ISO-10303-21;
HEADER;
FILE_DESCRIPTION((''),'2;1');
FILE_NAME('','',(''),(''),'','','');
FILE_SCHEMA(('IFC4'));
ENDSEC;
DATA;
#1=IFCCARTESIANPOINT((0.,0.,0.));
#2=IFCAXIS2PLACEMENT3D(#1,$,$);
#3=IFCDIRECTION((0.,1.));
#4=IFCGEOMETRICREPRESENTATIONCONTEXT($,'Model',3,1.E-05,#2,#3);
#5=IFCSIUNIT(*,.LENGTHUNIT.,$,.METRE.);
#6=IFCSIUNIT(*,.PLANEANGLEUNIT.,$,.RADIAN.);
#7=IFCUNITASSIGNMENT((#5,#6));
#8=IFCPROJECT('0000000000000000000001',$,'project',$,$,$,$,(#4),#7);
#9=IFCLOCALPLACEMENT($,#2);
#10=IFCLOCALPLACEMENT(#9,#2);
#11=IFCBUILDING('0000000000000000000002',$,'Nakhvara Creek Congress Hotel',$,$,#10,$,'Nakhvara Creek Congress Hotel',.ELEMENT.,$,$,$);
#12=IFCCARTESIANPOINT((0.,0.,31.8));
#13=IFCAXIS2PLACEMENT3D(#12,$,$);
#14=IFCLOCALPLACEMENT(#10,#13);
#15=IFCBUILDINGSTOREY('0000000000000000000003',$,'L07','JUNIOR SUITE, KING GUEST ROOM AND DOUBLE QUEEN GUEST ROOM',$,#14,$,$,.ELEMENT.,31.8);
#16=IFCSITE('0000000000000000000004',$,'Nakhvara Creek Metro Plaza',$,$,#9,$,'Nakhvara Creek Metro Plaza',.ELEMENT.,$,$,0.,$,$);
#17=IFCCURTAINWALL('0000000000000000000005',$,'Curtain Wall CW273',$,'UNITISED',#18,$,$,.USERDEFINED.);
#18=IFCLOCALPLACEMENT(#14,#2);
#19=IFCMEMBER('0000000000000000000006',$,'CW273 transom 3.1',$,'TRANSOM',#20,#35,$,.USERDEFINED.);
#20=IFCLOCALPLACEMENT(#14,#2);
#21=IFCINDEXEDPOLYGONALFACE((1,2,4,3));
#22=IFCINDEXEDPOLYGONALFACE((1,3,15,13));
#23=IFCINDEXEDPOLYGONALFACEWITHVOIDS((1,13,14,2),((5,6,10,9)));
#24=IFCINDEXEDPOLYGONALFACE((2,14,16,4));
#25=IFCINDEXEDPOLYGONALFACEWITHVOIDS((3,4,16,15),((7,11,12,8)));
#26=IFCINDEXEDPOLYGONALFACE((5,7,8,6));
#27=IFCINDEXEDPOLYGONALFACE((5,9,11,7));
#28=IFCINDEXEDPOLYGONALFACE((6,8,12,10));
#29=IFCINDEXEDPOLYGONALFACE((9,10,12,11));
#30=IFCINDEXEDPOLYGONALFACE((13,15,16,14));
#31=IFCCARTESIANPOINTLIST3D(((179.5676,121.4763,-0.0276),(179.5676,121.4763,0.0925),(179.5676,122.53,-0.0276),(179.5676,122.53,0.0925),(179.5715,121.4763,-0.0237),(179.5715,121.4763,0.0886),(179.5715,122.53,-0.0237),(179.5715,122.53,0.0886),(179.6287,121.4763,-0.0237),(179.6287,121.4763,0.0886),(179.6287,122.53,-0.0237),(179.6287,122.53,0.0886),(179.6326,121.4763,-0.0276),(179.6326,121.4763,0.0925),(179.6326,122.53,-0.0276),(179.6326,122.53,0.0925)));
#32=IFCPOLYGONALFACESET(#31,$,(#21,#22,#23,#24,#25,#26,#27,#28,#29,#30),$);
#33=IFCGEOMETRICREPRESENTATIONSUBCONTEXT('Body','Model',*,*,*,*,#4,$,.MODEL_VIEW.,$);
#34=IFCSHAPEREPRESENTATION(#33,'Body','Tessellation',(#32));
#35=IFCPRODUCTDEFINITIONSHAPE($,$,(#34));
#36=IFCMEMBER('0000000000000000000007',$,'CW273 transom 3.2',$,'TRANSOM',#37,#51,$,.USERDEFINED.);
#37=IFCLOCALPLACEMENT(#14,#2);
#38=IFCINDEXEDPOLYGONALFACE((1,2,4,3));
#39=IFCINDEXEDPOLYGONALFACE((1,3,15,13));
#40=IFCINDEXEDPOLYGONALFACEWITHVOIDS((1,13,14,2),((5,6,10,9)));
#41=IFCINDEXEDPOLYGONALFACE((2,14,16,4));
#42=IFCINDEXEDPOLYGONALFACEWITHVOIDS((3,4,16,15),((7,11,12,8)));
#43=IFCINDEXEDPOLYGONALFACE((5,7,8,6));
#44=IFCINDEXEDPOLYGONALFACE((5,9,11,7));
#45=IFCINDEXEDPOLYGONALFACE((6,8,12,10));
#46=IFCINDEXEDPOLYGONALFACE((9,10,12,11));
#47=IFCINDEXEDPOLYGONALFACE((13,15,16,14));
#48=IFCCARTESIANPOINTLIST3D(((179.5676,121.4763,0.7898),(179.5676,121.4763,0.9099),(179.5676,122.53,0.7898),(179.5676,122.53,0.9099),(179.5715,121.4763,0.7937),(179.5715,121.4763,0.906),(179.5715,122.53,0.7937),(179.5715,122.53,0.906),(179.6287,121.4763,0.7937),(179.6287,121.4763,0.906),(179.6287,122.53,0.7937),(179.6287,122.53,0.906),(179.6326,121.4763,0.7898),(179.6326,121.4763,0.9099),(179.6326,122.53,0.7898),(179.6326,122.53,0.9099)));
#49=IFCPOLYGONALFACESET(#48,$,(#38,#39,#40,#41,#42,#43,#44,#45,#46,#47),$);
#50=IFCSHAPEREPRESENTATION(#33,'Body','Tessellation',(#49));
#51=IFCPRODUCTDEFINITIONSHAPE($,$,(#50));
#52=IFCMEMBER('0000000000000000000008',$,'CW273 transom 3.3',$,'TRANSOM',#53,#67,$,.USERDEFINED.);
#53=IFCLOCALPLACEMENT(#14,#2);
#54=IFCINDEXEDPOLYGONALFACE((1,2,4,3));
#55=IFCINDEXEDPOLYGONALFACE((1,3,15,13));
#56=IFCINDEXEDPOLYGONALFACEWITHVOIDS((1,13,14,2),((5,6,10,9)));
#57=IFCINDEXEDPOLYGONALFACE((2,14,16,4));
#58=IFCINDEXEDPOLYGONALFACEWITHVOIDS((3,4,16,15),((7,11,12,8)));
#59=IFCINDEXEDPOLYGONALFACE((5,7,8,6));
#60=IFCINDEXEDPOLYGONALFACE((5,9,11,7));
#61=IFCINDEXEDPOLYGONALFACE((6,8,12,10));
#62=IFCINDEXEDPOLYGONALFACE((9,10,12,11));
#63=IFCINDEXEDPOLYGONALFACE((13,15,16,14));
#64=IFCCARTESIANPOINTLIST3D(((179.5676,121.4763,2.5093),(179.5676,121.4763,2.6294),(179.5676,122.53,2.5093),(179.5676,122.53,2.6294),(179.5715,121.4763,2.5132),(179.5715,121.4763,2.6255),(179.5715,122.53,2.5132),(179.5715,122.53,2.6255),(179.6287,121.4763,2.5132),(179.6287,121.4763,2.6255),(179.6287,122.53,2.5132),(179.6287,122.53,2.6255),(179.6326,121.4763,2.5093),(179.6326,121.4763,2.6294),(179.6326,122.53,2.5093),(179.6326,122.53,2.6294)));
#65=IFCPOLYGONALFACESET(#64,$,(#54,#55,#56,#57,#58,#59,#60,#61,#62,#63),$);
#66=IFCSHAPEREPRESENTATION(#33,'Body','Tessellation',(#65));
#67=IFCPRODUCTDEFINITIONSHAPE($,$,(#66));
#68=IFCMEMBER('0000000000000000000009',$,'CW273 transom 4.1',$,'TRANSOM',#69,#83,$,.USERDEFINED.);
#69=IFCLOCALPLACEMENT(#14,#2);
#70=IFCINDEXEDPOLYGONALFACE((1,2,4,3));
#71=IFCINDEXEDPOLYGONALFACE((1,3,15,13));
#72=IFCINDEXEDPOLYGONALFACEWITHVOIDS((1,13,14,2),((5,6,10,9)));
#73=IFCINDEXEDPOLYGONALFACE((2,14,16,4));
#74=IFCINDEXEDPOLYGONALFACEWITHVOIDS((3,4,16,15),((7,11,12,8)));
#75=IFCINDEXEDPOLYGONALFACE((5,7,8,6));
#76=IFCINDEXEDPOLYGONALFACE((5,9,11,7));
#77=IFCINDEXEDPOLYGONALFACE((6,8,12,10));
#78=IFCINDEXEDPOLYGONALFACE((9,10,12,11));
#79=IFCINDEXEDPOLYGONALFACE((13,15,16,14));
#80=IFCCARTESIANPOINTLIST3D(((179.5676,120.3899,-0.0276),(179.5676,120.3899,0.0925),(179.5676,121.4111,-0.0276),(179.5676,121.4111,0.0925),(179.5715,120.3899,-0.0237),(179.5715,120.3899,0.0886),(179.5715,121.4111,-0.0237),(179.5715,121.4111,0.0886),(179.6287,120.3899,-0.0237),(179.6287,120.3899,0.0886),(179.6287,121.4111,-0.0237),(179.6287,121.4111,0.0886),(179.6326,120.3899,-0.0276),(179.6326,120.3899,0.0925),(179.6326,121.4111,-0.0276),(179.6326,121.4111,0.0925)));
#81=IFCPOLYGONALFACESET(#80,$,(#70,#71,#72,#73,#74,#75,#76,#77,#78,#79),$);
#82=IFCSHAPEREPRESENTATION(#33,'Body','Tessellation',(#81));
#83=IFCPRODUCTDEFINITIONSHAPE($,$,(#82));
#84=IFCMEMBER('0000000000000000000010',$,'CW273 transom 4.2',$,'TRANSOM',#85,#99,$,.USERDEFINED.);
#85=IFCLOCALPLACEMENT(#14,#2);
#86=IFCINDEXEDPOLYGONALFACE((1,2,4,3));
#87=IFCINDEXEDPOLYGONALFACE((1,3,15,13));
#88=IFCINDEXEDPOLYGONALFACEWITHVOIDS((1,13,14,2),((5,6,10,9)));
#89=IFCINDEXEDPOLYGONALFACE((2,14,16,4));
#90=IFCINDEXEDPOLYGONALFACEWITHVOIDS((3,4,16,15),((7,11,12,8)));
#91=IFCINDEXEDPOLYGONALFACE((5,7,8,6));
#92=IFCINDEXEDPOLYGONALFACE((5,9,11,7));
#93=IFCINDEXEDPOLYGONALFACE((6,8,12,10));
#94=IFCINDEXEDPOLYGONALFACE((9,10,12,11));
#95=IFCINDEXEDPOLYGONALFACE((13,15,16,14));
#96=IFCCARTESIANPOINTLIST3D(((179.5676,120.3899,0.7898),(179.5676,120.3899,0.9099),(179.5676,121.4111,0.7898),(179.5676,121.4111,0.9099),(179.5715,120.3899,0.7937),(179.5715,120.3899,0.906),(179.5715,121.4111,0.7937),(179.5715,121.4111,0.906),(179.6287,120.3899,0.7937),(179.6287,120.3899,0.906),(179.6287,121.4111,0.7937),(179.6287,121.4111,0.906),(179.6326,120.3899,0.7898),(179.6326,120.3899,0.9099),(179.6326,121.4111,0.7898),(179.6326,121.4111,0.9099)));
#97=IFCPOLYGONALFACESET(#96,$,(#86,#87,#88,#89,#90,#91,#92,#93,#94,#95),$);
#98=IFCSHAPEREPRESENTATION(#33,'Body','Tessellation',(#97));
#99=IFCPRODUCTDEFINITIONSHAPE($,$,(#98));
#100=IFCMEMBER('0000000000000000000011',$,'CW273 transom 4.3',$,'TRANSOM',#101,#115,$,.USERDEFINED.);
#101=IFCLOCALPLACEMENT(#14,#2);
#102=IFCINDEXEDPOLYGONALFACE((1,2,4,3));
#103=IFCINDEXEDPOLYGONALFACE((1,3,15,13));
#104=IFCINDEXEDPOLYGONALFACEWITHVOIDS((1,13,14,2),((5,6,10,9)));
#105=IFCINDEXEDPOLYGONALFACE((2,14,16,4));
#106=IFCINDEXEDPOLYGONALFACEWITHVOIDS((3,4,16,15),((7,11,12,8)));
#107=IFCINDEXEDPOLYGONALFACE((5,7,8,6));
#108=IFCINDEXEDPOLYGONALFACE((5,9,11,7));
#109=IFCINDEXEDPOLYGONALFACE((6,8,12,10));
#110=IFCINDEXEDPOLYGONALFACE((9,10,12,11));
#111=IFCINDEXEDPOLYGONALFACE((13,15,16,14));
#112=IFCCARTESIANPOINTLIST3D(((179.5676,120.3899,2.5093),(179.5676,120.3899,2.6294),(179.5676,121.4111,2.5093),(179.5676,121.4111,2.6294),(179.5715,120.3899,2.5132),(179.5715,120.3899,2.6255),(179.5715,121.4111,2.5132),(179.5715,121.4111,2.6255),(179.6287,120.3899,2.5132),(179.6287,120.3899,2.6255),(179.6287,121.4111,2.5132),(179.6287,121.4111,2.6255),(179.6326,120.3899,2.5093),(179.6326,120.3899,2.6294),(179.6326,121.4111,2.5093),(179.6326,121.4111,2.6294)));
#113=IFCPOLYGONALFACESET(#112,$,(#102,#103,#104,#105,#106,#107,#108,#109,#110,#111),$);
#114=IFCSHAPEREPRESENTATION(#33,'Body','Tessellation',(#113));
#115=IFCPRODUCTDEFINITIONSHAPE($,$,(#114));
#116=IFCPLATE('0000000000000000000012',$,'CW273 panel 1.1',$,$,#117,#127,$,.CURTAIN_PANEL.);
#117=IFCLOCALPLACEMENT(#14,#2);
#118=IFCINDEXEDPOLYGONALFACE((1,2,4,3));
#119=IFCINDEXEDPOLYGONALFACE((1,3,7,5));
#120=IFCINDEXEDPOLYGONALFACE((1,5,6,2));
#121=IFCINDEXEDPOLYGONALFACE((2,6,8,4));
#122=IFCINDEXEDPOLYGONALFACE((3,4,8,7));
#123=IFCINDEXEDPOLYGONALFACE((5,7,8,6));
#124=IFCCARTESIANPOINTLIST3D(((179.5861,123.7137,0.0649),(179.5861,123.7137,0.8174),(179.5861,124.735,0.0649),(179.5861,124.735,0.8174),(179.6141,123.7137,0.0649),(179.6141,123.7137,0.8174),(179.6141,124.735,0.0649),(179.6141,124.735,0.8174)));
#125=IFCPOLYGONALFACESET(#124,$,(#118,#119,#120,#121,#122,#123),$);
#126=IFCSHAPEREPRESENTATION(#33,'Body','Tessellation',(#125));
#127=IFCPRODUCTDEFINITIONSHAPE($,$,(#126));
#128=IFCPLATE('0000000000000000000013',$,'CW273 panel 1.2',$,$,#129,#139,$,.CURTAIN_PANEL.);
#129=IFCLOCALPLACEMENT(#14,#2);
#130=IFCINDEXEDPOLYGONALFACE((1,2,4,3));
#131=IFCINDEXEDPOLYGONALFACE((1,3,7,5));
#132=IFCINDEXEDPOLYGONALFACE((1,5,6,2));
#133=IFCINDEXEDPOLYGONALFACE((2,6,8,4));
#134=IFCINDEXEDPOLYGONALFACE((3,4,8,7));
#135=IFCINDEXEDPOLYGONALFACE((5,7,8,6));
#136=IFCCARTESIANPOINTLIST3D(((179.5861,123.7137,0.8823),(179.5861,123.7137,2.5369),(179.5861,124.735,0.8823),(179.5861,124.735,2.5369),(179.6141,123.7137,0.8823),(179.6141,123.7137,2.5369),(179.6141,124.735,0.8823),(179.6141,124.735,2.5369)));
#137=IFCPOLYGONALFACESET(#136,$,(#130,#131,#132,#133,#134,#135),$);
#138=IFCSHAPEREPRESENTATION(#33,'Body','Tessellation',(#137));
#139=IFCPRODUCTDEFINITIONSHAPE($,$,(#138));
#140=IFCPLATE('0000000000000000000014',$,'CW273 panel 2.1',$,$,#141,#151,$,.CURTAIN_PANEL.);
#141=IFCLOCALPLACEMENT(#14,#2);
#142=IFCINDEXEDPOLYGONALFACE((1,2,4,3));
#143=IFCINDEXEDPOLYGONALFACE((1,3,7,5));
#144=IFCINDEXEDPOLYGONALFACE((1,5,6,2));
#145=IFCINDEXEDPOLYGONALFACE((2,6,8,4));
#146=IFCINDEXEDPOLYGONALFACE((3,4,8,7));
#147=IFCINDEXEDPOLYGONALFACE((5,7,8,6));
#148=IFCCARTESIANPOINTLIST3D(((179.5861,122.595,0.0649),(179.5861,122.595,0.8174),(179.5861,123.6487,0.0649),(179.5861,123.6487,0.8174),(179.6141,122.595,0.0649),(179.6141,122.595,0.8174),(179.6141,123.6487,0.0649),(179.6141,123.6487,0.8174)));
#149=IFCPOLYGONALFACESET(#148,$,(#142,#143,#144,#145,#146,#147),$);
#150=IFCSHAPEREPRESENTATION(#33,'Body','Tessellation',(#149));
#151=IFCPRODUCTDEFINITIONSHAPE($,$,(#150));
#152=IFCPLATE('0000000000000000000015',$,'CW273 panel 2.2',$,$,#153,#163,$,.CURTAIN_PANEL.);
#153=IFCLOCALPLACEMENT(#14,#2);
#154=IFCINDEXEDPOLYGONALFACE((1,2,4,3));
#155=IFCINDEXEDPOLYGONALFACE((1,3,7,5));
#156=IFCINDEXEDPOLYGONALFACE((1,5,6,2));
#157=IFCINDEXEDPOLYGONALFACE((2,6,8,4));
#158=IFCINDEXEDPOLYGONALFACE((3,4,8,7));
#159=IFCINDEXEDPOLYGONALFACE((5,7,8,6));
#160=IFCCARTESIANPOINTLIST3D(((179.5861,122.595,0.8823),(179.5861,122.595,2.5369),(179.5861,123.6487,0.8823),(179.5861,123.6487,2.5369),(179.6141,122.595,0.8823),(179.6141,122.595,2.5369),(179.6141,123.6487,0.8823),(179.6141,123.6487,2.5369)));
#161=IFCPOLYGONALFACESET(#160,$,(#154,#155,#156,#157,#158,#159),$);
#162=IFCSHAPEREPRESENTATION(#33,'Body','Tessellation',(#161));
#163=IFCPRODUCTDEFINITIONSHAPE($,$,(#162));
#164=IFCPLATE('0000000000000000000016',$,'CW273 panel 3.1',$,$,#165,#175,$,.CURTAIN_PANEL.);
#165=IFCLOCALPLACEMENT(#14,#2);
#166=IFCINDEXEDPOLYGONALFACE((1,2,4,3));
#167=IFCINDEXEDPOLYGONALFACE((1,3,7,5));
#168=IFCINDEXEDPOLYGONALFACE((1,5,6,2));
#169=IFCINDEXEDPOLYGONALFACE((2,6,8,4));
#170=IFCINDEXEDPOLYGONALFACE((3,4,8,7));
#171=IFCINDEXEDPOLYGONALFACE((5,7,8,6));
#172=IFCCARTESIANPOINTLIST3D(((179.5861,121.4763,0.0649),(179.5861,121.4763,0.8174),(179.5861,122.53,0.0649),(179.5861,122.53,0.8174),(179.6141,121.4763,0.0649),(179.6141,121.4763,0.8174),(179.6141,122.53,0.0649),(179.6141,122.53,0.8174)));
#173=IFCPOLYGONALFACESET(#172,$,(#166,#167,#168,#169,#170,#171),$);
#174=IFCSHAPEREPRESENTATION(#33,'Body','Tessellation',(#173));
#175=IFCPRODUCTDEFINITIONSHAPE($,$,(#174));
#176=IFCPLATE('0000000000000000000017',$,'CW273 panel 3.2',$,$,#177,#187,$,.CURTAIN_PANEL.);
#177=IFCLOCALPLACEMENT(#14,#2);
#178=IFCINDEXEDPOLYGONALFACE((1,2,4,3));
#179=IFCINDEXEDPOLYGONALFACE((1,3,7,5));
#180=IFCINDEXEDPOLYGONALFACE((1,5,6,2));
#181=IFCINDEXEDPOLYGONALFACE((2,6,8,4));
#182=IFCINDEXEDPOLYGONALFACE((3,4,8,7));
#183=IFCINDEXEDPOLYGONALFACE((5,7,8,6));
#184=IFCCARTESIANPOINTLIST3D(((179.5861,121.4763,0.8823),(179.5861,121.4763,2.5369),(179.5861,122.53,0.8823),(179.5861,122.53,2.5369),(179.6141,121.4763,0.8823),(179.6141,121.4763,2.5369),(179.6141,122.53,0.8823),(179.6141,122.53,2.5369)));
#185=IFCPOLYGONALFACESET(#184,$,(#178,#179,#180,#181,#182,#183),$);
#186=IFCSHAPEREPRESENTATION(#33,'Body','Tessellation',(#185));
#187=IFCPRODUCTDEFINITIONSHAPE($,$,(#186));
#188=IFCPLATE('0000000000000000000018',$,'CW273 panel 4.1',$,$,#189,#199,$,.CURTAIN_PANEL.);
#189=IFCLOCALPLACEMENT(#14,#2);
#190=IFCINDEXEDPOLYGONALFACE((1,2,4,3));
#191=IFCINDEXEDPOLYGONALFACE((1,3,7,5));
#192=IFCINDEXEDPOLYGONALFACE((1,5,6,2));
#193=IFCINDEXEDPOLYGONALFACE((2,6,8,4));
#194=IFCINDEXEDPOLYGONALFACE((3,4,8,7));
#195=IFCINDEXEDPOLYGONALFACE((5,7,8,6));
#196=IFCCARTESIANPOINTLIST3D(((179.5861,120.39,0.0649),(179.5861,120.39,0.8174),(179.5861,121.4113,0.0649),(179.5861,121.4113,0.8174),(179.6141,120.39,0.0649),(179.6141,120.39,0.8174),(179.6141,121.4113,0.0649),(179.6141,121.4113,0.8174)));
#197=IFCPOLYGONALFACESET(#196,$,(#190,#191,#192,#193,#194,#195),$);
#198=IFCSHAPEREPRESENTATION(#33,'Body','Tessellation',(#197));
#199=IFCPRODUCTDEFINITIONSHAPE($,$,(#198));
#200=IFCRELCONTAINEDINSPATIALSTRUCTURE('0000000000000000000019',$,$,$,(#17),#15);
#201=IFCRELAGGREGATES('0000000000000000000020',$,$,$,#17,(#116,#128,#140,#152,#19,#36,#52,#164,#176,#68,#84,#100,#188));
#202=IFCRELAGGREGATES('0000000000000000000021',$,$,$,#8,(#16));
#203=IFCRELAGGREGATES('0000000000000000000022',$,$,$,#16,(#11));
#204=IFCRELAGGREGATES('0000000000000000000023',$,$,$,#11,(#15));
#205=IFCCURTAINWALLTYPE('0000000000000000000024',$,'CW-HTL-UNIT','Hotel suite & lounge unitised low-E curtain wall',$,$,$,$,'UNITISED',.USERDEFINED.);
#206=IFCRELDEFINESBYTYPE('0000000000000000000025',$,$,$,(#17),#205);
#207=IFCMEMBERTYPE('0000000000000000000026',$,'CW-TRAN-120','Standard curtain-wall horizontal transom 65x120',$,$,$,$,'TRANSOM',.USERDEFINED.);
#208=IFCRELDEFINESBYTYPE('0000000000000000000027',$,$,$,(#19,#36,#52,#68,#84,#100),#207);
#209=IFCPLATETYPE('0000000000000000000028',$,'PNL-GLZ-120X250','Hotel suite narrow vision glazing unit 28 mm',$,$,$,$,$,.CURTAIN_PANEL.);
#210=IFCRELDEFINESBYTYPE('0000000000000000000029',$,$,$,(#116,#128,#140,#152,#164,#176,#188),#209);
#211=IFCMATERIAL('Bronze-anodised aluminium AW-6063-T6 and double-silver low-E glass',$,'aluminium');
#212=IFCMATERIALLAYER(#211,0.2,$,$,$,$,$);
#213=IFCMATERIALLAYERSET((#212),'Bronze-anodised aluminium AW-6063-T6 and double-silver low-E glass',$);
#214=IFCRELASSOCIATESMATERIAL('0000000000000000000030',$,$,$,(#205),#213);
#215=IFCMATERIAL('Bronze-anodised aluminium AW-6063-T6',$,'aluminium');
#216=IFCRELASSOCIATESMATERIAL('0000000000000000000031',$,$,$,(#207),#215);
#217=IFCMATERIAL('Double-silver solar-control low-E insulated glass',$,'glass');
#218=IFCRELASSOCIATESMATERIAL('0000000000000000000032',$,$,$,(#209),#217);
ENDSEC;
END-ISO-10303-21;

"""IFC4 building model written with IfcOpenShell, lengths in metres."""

from ifc_helpers import new_model, si_unit, direction, frame, origin, origin_2d, place, context, subcontext, project, spatial, rectangle, hollow_rectangle, extrude, material, layer, layer_set, material_profile, profile_set, type_object, element, aggregate, save


model = new_model("IFC4")

# Units and contexts
model_context = context("Model", 3, precision=1e-05, world=origin(), true_north=direction((0.0, 1.0)))
body_context = subcontext(model_context, "Body", "Model", "MODEL_VIEW")
ifc_project = project(units=[si_unit("LENGTHUNIT", "METRE"), si_unit("PLANEANGLEUNIT", "RADIAN")], contexts=[model_context])

# Site, building, storey
site_placement = place(None, origin())
site = spatial("IfcSite", under=ifc_project, at=site_placement, Name="Nakhvara Creek Metro Plaza", LongName="Nakhvara Creek Metro Plaza", CompositionType="ELEMENT", RefElevation=0.0)
building_placement = place(site_placement, origin())
building = spatial("IfcBuilding", under=site, at=building_placement, Name="Nakhvara Creek Congress Hotel", LongName="Nakhvara Creek Congress Hotel", CompositionType="ELEMENT")
storey_placement = place(building_placement, frame((0.0, 0.0, 31.8)))
storey = spatial("IfcBuildingStorey", under=building, at=storey_placement, Name="L07", Description="JUNIOR SUITE, KING GUEST ROOM AND DOUBLE QUEEN GUEST ROOM", CompositionType="ELEMENT", Elevation=31.8)

# Curtain wall, members, plates
ifc_material_1 = material(Name="Bronze-anodised aluminium AW-6063-T6 and double-silver low-E glass", Category="aluminium")
ifc_layer_1 = layer(ifc_material_1, 0.2)
ifc_layer_set_1 = layer_set([ifc_layer_1], Name="Bronze-anodised aluminium AW-6063-T6 and double-silver low-E glass")
curtain_wall_type = type_object("IfcCurtainWallType", Name="CW-HTL-UNIT", Description="Hotel suite & lounge unitised low-E curtain wall", ElementType="UNITISED", PredefinedType="USERDEFINED", material=ifc_layer_set_1)
curtain_wall_placement = place(storey_placement, origin())
curtain_wall = element("IfcCurtainWall", 1, at=curtain_wall_placement, inside=storey, type_object=curtain_wall_type, Name="Curtain Wall CW273", ObjectType="UNITISED", PredefinedType="USERDEFINED")
ifc_material_2 = material(Name="Bronze-anodised aluminium AW-6063-T6", Category="aluminium")
ifc_material_profile_1 = material_profile(ifc_material_2, hollow_rectangle(XDim=0.0649, YDim=0.1201, WallThickness=0.0039, at=origin_2d()), Name="ALU-TRAN 65x120x4", Category="LoadBearing")
ifc_profile_set_1 = profile_set([ifc_material_profile_1], Name="Bronze-anodised aluminium AW-6063-T6")
member_type_1 = type_object("IfcMemberType", Name="CW-TRAN-120", Description="Standard curtain-wall horizontal transom 65x120", ElementType="TRANSOM", PredefinedType="USERDEFINED", material=ifc_profile_set_1)
member_1_placement = place(storey_placement, frame((179.6001, 122.53, 0.0325), z_axis=(0.0, -1.0, 0.0), x_axis=(1.0, 0.0, 0.0)))
member_1 = element("IfcMember", 2, at=member_1_placement, type_object=member_type_1, Name="CW273 transom 3.1", ObjectType="TRANSOM", PredefinedType="USERDEFINED", context=body_context, shape_type="SweptSolid", body=[
    extrude(hollow_rectangle(XDim=0.0649, YDim=0.1201, WallThickness=0.0039, at=origin_2d()), origin(), (0.0, 0.0, 1.0), 1.0537),
])
member_2_placement = place(storey_placement, frame((179.6001, 122.53, 0.8499), z_axis=(0.0, -1.0, 0.0), x_axis=(1.0, 0.0, 0.0)))
member_2 = element("IfcMember", 3, at=member_2_placement, type_object=member_type_1, Name="CW273 transom 3.2", ObjectType="TRANSOM", PredefinedType="USERDEFINED", context=body_context, shape_type="SweptSolid", body=[
    extrude(hollow_rectangle(XDim=0.0649, YDim=0.1201, WallThickness=0.0039, at=origin_2d()), origin(), (0.0, 0.0, 1.0), 1.0537),
])
member_3_placement = place(storey_placement, frame((179.6001, 122.53, 2.5693), z_axis=(0.0, -1.0, 0.0), x_axis=(1.0, 0.0, 0.0)))
member_3 = element("IfcMember", 4, at=member_3_placement, type_object=member_type_1, Name="CW273 transom 3.3", ObjectType="TRANSOM", PredefinedType="USERDEFINED", context=body_context, shape_type="SweptSolid", body=[
    extrude(hollow_rectangle(XDim=0.0649, YDim=0.1201, WallThickness=0.0039, at=origin_2d()), origin(), (0.0, 0.0, 1.0), 1.0537),
])
member_4_placement = place(storey_placement, frame((179.6001, 121.4111, 0.0325), z_axis=(0.0, -1.0, 0.0), x_axis=(1.0, 0.0, 0.0)))
member_4 = element("IfcMember", 5, at=member_4_placement, type_object=member_type_1, Name="CW273 transom 4.1", ObjectType="TRANSOM", PredefinedType="USERDEFINED", context=body_context, shape_type="SweptSolid", body=[
    extrude(hollow_rectangle(XDim=0.0649, YDim=0.1201, WallThickness=0.0039, at=origin_2d()), origin(), (0.0, 0.0, 1.0), 1.0212),
])
member_5_placement = place(storey_placement, frame((179.6001, 121.4111, 0.8499), z_axis=(0.0, -1.0, 0.0), x_axis=(1.0, 0.0, 0.0)))
member_5 = element("IfcMember", 6, at=member_5_placement, type_object=member_type_1, Name="CW273 transom 4.2", ObjectType="TRANSOM", PredefinedType="USERDEFINED", context=body_context, shape_type="SweptSolid", body=[
    extrude(hollow_rectangle(XDim=0.0649, YDim=0.1201, WallThickness=0.0039, at=origin_2d()), origin(), (0.0, 0.0, 1.0), 1.0212),
])
member_6_placement = place(storey_placement, frame((179.6001, 121.4111, 2.5693), z_axis=(0.0, -1.0, 0.0), x_axis=(1.0, 0.0, 0.0)))
member_6 = element("IfcMember", 7, at=member_6_placement, type_object=member_type_1, Name="CW273 transom 4.3", ObjectType="TRANSOM", PredefinedType="USERDEFINED", context=body_context, shape_type="SweptSolid", body=[
    extrude(hollow_rectangle(XDim=0.0649, YDim=0.1201, WallThickness=0.0039, at=origin_2d()), origin(), (0.0, 0.0, 1.0), 1.0212),
])
ifc_material_3 = material(Name="Double-silver solar-control low-E insulated glass", Category="glass")
plate_type = type_object("IfcPlateType", Name="PNL-GLZ-120X250", Description="Hotel suite narrow vision glazing unit 28 mm", PredefinedType="CURTAIN_PANEL", material=ifc_material_3)
plate_1_placement = place(storey_placement, frame((179.6001, 124.2244, 0.0649), z_axis=(0.0, 0.0, 1.0), x_axis=(0.0, -1.0, 0.0)))
plate_1 = element("IfcPlate", 8, at=plate_1_placement, type_object=plate_type, Name="CW273 panel 1.1", PredefinedType="CURTAIN_PANEL", context=body_context, shape_type="SweptSolid", body=[
    extrude(rectangle(XDim=1.0212, YDim=0.0281, at=origin_2d()), origin(), (0.0, 0.0, 1.0), 0.7524),
])
plate_2_placement = place(storey_placement, frame((179.6001, 124.2244, 0.8823), z_axis=(0.0, 0.0, 1.0), x_axis=(0.0, -1.0, 0.0)))
plate_2 = element("IfcPlate", 9, at=plate_2_placement, type_object=plate_type, Name="CW273 panel 1.2", PredefinedType="CURTAIN_PANEL", context=body_context, shape_type="SweptSolid", body=[
    extrude(rectangle(XDim=1.0212, YDim=0.0281, at=origin_2d()), origin(), (0.0, 0.0, 1.0), 1.6545),
])
plate_3_placement = place(storey_placement, frame((179.6001, 123.1218, 0.0649), z_axis=(0.0, 0.0, 1.0), x_axis=(0.0, -1.0, 0.0)))
plate_3 = element("IfcPlate", 10, at=plate_3_placement, type_object=plate_type, Name="CW273 panel 2.1", PredefinedType="CURTAIN_PANEL", context=body_context, shape_type="SweptSolid", body=[
    extrude(rectangle(XDim=1.0537, YDim=0.0281, at=origin_2d()), origin(), (0.0, 0.0, 1.0), 0.7524),
])
plate_4_placement = place(storey_placement, frame((179.6001, 123.1218, 0.8823), z_axis=(0.0, 0.0, 1.0), x_axis=(0.0, -1.0, 0.0)))
plate_4 = element("IfcPlate", 11, at=plate_4_placement, type_object=plate_type, Name="CW273 panel 2.2", PredefinedType="CURTAIN_PANEL", context=body_context, shape_type="SweptSolid", body=[
    extrude(rectangle(XDim=1.0537, YDim=0.0281, at=origin_2d()), origin(), (0.0, 0.0, 1.0), 1.6545),
])
plate_5_placement = place(storey_placement, frame((179.6001, 122.0032, 0.0649), z_axis=(0.0, 0.0, 1.0), x_axis=(0.0, -1.0, 0.0)))
plate_5 = element("IfcPlate", 12, at=plate_5_placement, type_object=plate_type, Name="CW273 panel 3.1", PredefinedType="CURTAIN_PANEL", context=body_context, shape_type="SweptSolid", body=[
    extrude(rectangle(XDim=1.0537, YDim=0.0281, at=origin_2d()), origin(), (0.0, 0.0, 1.0), 0.7524),
])
plate_6_placement = place(storey_placement, frame((179.6001, 122.0032, 0.8823), z_axis=(0.0, 0.0, 1.0), x_axis=(0.0, -1.0, 0.0)))
plate_6 = element("IfcPlate", 13, at=plate_6_placement, type_object=plate_type, Name="CW273 panel 3.2", PredefinedType="CURTAIN_PANEL", context=body_context, shape_type="SweptSolid", body=[
    extrude(rectangle(XDim=1.0537, YDim=0.0281, at=origin_2d()), origin(), (0.0, 0.0, 1.0), 1.6545),
])
plate_7_placement = place(storey_placement, frame((179.6001, 120.9006, 0.0649), z_axis=(0.0, 0.0, 1.0), x_axis=(0.0, -1.0, 0.0)))
plate_7 = element("IfcPlate", 14, at=plate_7_placement, type_object=plate_type, Name="CW273 panel 4.1", PredefinedType="CURTAIN_PANEL", context=body_context, shape_type="SweptSolid", body=[
    extrude(rectangle(XDim=1.0212, YDim=0.0281, at=origin_2d()), origin(), (0.0, 0.0, 1.0), 0.7524),
])
aggregate(curtain_wall, [plate_1, plate_2, plate_3, plate_4, member_1, member_2, member_3, plate_5, plate_6, member_4, member_5, member_6, plate_7])

save(model, "model.ifc")
